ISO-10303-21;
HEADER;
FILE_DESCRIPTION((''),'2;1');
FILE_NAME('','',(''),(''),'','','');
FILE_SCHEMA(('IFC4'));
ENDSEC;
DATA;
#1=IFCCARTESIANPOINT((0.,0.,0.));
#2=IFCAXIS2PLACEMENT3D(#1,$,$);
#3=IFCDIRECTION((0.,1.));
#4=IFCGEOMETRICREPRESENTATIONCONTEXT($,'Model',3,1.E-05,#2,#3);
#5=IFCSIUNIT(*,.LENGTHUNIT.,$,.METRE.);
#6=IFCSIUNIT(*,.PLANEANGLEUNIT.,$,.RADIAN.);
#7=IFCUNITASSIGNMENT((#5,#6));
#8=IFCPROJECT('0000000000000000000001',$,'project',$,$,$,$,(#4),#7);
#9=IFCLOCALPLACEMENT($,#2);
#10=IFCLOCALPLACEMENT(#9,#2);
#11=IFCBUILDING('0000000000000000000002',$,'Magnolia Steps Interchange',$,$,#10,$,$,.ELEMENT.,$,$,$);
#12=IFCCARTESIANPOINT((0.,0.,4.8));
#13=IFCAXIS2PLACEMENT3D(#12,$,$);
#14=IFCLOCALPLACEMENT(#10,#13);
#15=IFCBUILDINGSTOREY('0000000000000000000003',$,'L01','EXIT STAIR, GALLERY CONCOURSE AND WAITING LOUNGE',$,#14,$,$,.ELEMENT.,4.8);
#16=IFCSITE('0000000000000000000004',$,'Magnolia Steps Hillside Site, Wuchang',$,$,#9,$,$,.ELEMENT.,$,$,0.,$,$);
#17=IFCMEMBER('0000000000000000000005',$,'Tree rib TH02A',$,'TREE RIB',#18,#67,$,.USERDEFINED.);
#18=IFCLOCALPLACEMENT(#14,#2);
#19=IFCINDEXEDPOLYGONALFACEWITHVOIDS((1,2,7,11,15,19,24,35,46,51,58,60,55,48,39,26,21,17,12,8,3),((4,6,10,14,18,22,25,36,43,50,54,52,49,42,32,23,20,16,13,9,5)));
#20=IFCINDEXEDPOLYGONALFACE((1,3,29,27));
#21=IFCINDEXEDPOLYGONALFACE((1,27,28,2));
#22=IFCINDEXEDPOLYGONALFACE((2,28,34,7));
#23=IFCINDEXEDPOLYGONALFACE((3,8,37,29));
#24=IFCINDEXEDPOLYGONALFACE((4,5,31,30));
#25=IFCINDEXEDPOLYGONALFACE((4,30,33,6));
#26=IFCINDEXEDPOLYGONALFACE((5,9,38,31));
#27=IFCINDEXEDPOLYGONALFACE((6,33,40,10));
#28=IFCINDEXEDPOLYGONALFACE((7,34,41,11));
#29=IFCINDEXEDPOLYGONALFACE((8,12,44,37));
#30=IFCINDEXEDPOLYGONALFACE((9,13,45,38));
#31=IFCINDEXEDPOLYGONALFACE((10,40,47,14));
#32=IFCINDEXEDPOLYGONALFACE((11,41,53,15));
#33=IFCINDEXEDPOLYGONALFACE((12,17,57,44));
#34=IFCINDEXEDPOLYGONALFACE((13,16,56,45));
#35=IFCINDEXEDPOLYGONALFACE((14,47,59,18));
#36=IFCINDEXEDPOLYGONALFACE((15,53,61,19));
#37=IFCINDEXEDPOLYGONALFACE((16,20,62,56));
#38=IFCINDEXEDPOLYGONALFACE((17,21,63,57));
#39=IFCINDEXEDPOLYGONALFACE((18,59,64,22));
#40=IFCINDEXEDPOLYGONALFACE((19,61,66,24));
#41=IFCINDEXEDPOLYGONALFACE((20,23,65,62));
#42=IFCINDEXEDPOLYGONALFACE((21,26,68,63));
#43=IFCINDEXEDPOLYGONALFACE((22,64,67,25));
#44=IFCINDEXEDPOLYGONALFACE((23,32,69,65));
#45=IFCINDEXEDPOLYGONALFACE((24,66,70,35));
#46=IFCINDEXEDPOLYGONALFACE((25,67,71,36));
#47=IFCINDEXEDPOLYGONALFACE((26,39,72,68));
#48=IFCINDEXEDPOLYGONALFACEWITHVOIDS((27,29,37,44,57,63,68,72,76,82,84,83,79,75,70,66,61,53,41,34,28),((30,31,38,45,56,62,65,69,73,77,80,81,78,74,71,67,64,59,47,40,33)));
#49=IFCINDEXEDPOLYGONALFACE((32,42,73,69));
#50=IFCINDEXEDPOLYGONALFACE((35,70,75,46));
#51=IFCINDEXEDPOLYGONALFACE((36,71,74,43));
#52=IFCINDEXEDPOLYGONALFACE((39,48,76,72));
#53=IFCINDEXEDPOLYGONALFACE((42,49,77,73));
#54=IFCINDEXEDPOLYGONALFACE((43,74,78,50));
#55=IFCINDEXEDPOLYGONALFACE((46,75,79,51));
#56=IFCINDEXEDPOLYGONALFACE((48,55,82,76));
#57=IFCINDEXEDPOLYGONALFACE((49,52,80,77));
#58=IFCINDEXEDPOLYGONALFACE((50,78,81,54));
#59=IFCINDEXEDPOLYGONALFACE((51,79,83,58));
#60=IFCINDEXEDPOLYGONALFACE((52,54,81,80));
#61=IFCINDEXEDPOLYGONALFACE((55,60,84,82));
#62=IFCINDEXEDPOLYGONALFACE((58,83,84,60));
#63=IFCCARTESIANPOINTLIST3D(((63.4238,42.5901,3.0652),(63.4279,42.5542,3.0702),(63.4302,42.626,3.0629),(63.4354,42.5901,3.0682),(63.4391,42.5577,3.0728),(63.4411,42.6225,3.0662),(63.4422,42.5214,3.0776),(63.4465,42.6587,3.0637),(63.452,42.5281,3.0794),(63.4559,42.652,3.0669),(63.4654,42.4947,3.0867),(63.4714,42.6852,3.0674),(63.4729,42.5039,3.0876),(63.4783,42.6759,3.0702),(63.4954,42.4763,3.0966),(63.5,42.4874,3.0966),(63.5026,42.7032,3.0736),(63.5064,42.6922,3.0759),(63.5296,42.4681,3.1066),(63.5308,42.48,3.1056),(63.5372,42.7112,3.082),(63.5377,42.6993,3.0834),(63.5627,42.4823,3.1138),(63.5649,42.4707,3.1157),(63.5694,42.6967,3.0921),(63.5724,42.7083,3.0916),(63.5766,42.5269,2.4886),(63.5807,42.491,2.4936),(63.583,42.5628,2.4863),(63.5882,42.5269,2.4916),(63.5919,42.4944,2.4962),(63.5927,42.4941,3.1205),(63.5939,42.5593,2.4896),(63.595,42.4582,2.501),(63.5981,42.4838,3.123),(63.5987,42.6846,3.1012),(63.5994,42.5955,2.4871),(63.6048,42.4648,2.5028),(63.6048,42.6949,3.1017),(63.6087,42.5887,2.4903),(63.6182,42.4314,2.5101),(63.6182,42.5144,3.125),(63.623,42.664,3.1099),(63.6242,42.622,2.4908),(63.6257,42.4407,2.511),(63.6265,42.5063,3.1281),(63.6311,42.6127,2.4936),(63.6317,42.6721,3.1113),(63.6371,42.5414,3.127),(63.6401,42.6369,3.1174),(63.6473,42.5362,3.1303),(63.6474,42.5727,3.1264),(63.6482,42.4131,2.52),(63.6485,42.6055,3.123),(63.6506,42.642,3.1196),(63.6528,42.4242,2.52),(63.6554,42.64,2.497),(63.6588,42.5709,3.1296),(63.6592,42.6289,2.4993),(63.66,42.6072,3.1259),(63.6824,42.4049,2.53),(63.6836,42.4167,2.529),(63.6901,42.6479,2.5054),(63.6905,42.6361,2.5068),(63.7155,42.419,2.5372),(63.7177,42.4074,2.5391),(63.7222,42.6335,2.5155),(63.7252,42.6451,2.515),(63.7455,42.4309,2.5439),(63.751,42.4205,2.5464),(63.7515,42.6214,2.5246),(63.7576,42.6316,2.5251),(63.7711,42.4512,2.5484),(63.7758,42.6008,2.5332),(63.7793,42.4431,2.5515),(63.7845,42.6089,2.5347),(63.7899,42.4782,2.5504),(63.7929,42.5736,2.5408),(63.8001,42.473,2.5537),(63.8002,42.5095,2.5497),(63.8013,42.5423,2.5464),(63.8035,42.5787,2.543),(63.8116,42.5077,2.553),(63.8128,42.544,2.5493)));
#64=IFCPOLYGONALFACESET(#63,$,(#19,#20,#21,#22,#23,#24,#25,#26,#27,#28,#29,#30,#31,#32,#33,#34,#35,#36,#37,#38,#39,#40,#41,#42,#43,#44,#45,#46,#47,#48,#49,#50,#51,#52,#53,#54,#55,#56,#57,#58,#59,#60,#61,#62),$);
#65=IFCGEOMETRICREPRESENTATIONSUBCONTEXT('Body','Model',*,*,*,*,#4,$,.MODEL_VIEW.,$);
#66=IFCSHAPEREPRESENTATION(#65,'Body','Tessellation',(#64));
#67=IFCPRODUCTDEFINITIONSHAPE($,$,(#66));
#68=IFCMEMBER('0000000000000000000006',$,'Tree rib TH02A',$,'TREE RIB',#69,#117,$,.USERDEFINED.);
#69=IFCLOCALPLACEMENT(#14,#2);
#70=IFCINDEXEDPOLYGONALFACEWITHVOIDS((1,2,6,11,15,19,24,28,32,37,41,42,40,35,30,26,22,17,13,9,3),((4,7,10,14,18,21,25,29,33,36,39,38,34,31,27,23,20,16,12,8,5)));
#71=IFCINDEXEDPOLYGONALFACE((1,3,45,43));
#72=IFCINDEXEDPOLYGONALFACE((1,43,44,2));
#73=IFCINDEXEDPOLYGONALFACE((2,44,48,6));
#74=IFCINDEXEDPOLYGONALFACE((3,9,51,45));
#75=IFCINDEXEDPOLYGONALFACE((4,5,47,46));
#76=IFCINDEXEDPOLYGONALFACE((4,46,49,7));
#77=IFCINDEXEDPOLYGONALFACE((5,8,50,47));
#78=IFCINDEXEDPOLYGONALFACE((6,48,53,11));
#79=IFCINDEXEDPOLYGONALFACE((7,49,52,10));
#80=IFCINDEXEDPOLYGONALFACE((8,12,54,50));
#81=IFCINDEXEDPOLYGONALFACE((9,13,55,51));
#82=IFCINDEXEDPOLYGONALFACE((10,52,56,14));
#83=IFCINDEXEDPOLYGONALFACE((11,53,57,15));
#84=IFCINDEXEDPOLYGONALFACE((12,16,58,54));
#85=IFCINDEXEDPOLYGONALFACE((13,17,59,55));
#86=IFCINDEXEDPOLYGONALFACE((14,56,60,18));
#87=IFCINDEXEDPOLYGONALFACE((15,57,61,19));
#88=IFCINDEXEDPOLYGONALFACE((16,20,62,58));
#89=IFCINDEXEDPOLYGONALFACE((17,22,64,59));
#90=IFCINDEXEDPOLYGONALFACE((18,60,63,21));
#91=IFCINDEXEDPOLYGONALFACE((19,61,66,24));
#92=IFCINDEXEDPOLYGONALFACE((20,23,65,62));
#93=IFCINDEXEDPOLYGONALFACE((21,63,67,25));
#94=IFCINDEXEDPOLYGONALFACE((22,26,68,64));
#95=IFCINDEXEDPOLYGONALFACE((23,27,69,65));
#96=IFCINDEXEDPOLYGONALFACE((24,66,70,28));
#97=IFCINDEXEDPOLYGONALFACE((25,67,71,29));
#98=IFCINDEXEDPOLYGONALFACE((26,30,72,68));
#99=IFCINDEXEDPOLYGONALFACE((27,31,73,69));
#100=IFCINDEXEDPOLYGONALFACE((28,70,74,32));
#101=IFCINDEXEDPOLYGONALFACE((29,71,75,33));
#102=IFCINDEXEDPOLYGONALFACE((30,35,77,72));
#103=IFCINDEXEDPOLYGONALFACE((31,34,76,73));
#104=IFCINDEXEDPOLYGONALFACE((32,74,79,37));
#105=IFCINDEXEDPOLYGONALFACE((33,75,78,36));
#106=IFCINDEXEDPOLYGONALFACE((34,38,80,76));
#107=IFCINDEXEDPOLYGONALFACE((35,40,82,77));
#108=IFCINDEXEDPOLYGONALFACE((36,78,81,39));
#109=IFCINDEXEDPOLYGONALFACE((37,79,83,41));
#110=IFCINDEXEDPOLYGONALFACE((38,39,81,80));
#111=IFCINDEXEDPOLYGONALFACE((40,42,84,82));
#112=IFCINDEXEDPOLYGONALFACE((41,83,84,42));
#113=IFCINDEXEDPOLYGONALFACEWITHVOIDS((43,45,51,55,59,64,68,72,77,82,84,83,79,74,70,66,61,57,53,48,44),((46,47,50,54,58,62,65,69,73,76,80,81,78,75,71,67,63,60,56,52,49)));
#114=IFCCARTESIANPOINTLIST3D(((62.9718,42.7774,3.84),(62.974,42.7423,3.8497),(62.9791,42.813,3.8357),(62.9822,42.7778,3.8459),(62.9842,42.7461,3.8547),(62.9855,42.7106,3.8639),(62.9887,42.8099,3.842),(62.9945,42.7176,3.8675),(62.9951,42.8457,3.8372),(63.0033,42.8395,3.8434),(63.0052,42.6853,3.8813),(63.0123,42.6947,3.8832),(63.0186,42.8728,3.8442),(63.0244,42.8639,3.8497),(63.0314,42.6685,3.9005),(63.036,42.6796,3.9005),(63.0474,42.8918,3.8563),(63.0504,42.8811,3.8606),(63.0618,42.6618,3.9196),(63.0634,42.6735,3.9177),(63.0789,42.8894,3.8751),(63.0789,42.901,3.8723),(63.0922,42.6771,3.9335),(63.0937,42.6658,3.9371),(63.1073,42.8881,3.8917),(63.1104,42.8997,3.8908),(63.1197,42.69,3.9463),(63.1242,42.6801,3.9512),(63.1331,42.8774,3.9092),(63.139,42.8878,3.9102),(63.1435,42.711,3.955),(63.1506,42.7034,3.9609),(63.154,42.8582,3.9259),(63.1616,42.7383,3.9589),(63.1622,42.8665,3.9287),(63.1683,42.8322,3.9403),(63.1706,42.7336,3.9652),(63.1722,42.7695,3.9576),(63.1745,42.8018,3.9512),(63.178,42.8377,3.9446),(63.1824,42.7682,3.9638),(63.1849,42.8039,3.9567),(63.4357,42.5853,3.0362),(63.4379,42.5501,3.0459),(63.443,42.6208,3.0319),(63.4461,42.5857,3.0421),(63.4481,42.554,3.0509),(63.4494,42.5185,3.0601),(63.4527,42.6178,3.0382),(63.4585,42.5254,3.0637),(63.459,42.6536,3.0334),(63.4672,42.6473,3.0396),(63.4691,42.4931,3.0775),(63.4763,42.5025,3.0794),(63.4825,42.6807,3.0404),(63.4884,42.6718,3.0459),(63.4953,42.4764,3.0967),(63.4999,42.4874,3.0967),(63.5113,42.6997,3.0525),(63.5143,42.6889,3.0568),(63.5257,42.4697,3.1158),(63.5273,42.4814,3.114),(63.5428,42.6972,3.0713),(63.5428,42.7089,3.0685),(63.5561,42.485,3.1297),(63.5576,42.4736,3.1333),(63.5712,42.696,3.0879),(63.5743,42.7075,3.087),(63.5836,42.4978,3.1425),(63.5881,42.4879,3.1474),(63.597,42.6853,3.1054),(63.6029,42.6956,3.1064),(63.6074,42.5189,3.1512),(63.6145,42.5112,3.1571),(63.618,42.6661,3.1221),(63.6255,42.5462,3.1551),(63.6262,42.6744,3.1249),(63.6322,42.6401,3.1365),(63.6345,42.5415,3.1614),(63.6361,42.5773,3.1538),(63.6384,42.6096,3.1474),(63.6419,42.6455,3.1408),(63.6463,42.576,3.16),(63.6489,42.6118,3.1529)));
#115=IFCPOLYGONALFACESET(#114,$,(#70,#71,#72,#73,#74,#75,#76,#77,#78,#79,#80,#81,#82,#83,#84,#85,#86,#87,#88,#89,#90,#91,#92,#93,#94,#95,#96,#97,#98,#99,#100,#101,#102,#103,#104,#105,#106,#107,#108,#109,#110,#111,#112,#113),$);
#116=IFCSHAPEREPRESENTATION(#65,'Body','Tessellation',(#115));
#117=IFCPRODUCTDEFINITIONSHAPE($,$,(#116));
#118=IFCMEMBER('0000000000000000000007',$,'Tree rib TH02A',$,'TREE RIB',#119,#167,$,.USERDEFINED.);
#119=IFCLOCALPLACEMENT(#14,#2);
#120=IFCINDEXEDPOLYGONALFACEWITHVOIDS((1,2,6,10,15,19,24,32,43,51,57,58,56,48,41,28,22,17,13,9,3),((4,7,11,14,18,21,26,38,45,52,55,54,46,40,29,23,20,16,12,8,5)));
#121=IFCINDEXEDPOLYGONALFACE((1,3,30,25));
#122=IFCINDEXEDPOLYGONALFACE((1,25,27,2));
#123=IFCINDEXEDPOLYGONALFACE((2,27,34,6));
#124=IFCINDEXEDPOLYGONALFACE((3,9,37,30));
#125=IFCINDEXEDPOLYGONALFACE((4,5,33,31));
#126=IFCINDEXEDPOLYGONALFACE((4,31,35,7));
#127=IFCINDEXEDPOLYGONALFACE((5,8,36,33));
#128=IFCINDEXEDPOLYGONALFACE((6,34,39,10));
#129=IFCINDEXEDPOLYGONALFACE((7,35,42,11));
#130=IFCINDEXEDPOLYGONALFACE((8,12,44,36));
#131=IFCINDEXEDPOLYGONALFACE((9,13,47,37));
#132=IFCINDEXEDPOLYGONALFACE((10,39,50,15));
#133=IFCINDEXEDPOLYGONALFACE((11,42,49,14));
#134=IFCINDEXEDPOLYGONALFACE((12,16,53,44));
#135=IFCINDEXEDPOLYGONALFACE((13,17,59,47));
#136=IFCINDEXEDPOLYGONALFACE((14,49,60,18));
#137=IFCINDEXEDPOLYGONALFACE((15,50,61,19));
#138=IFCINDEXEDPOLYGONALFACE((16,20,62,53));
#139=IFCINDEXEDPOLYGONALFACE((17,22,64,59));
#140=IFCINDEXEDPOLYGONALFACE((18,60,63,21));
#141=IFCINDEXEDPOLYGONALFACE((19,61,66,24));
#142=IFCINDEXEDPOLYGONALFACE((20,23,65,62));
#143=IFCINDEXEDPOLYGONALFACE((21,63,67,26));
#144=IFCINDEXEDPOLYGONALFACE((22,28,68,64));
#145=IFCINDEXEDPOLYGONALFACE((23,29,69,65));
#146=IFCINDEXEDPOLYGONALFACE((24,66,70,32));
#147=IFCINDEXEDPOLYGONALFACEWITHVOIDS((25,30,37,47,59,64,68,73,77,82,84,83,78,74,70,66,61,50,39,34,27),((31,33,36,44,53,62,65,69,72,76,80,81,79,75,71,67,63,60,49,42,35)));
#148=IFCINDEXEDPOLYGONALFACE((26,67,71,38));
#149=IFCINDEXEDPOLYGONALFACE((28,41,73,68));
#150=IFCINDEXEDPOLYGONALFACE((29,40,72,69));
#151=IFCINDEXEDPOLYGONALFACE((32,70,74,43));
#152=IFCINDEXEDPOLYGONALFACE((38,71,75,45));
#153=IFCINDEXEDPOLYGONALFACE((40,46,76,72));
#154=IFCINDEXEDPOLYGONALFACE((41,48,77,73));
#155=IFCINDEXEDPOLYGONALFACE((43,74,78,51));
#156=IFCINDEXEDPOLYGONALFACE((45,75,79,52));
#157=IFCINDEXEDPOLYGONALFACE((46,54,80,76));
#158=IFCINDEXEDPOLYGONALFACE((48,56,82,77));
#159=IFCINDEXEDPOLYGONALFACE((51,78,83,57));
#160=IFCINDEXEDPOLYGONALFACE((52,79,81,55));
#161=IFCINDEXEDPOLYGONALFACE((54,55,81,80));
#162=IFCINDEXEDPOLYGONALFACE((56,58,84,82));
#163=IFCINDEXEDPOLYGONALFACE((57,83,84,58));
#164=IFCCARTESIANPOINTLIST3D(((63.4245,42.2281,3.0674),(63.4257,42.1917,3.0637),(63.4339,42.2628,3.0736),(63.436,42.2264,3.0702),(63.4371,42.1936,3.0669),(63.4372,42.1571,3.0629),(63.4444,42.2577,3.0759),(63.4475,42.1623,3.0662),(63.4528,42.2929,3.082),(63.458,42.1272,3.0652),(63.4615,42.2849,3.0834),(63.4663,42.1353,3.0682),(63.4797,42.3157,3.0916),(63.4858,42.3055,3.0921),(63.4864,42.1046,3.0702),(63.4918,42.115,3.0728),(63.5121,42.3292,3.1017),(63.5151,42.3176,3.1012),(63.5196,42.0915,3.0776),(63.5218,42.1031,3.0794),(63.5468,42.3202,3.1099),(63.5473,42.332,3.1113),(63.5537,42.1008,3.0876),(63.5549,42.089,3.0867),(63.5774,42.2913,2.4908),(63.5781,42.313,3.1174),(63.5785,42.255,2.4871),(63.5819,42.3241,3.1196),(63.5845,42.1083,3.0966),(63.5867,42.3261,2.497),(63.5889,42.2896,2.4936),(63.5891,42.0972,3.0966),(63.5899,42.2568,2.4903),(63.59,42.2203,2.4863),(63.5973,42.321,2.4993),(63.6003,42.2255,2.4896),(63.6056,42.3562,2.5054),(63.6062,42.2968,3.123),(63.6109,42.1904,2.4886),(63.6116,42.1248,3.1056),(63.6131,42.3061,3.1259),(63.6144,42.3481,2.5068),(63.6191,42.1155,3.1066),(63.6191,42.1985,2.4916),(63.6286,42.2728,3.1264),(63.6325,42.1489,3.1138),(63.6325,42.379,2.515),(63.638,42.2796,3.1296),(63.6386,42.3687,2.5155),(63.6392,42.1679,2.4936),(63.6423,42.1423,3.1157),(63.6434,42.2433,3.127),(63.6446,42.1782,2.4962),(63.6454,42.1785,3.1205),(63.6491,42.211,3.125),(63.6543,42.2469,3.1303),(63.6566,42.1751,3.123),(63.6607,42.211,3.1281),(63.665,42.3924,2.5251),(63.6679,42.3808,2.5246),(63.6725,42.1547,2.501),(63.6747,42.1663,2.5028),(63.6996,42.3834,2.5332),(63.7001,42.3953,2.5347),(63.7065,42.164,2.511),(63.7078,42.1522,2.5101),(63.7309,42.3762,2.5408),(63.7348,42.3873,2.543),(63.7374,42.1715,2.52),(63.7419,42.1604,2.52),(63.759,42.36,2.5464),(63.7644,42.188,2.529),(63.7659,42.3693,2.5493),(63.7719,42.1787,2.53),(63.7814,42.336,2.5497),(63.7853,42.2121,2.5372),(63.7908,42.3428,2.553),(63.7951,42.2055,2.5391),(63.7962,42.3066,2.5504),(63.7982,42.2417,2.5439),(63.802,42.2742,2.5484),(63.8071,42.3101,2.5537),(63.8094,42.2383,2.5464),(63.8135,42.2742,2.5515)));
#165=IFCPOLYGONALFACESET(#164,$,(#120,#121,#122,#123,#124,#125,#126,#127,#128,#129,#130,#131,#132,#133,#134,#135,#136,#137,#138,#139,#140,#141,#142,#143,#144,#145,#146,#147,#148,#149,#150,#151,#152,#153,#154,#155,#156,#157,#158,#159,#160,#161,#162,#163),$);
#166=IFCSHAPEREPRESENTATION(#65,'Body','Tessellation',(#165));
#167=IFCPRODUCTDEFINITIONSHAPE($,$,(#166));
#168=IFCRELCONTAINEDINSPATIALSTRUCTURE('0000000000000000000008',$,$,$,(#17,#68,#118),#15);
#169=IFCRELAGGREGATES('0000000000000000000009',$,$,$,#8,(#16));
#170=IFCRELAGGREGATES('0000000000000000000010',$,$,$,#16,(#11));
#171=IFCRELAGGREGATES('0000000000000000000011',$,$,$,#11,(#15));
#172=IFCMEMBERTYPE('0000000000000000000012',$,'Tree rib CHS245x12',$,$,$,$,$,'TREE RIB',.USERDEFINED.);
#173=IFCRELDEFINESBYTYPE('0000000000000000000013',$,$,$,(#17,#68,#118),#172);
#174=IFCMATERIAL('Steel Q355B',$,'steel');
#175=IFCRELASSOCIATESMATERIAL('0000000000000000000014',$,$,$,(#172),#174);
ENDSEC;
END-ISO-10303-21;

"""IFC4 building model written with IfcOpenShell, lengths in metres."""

from ifc_helpers import new_model, si_unit, direction, frame, origin, origin_2d, place, context, subcontext, project, spatial, hollow_circle, extrude, material, material_profile, profile_set, type_object, element, save


model = new_model("IFC4")

# Units and contexts
model_context = context("Model", 3, precision=1e-05, world=origin(), true_north=direction((0.0, 1.0)))
body_context = subcontext(model_context, "Body", "Model", "MODEL_VIEW")
ifc_project = project(units=[si_unit("LENGTHUNIT", "METRE"), si_unit("PLANEANGLEUNIT", "RADIAN")], contexts=[model_context])

# Site, building, storey
site_placement = place(None, origin())
site = spatial("IfcSite", under=ifc_project, at=site_placement, Name="Magnolia Steps Hillside Site, Wuchang", CompositionType="ELEMENT", RefElevation=0.0)
building_placement = place(site_placement, origin())
building = spatial("IfcBuilding", under=site, at=building_placement, Name="Magnolia Steps Interchange", CompositionType="ELEMENT")
storey_placement = place(building_placement, frame((0.0, 0.0, 4.8)))
storey = spatial("IfcBuildingStorey", under=building, at=storey_placement, Name="L01", Description="EXIT STAIR, GALLERY CONCOURSE AND WAITING LOUNGE", CompositionType="ELEMENT", Elevation=4.8)

# Members
ifc_material_1 = material(Name="Steel Q355B", Category="steel")
ifc_material_profile_1 = material_profile(ifc_material_1, hollow_circle(Radius=0.1226, WallThickness=0.012, at=origin_2d()), Name="CHS245x12")
ifc_profile_set_1 = profile_set([ifc_material_profile_1], Name="Steel Q355B")
member_type = type_object("IfcMemberType", Name="Tree rib CHS245x12", ElementType="TREE RIB", PredefinedType="USERDEFINED", material=ifc_profile_set_1)
for number, where, z_axis, x_axis, name in (
    (1, (63.6951, 42.5264, 2.52), (-0.254758, 0.105403, 0.961243), (-0.382308, -0.924035, 0.0), "Tree rib TH02A"),
):
    element("IfcMember", number, at=place(storey_placement, frame(where, z_axis=z_axis, x_axis=x_axis)), inside=storey, type_object=member_type, Name=name, ObjectType="TREE RIB", PredefinedType="USERDEFINED", context=body_context, shape_type="SweptSolid", body=[
        extrude(hollow_circle(Radius=0.1226, WallThickness=0.012, at=origin_2d()), origin(), (0.0, 0.0, 1.0), 0.5999),
    ])
member_1_placement = place(storey_placement, frame((63.5422, 42.5896, 3.0967), z_axis=(-0.489492, 0.202753, 0.848109), x_axis=(-0.382681, -0.923881, 0.0)))
element("IfcMember", 2, at=member_1_placement, inside=storey, type_object=member_type, Name="Tree rib TH02A", ObjectType="TREE RIB", PredefinedType="USERDEFINED", context=body_context, shape_type="SweptSolid", body=[
    extrude(hollow_circle(Radius=0.1226, WallThickness=0.012, at=origin_2d()), origin(), (0.0, 0.0, 1.0), 0.9478),
])
member_2_placement = place(storey_placement, frame((63.6951, 42.2737, 2.52), z_axis=(-0.254758, -0.105403, 0.961243), x_axis=(0.382308, -0.924035, 0.0)))
element("IfcMember", 3, at=member_2_placement, inside=storey, type_object=member_type, Name="Tree rib TH02A", ObjectType="TREE RIB", PredefinedType="USERDEFINED", context=body_context, shape_type="SweptSolid", body=[
    extrude(hollow_circle(Radius=0.1226, WallThickness=0.012, at=origin_2d()), origin(), (0.0, 0.0, 1.0), 0.5999),
])

save(model, "model.ifc")
